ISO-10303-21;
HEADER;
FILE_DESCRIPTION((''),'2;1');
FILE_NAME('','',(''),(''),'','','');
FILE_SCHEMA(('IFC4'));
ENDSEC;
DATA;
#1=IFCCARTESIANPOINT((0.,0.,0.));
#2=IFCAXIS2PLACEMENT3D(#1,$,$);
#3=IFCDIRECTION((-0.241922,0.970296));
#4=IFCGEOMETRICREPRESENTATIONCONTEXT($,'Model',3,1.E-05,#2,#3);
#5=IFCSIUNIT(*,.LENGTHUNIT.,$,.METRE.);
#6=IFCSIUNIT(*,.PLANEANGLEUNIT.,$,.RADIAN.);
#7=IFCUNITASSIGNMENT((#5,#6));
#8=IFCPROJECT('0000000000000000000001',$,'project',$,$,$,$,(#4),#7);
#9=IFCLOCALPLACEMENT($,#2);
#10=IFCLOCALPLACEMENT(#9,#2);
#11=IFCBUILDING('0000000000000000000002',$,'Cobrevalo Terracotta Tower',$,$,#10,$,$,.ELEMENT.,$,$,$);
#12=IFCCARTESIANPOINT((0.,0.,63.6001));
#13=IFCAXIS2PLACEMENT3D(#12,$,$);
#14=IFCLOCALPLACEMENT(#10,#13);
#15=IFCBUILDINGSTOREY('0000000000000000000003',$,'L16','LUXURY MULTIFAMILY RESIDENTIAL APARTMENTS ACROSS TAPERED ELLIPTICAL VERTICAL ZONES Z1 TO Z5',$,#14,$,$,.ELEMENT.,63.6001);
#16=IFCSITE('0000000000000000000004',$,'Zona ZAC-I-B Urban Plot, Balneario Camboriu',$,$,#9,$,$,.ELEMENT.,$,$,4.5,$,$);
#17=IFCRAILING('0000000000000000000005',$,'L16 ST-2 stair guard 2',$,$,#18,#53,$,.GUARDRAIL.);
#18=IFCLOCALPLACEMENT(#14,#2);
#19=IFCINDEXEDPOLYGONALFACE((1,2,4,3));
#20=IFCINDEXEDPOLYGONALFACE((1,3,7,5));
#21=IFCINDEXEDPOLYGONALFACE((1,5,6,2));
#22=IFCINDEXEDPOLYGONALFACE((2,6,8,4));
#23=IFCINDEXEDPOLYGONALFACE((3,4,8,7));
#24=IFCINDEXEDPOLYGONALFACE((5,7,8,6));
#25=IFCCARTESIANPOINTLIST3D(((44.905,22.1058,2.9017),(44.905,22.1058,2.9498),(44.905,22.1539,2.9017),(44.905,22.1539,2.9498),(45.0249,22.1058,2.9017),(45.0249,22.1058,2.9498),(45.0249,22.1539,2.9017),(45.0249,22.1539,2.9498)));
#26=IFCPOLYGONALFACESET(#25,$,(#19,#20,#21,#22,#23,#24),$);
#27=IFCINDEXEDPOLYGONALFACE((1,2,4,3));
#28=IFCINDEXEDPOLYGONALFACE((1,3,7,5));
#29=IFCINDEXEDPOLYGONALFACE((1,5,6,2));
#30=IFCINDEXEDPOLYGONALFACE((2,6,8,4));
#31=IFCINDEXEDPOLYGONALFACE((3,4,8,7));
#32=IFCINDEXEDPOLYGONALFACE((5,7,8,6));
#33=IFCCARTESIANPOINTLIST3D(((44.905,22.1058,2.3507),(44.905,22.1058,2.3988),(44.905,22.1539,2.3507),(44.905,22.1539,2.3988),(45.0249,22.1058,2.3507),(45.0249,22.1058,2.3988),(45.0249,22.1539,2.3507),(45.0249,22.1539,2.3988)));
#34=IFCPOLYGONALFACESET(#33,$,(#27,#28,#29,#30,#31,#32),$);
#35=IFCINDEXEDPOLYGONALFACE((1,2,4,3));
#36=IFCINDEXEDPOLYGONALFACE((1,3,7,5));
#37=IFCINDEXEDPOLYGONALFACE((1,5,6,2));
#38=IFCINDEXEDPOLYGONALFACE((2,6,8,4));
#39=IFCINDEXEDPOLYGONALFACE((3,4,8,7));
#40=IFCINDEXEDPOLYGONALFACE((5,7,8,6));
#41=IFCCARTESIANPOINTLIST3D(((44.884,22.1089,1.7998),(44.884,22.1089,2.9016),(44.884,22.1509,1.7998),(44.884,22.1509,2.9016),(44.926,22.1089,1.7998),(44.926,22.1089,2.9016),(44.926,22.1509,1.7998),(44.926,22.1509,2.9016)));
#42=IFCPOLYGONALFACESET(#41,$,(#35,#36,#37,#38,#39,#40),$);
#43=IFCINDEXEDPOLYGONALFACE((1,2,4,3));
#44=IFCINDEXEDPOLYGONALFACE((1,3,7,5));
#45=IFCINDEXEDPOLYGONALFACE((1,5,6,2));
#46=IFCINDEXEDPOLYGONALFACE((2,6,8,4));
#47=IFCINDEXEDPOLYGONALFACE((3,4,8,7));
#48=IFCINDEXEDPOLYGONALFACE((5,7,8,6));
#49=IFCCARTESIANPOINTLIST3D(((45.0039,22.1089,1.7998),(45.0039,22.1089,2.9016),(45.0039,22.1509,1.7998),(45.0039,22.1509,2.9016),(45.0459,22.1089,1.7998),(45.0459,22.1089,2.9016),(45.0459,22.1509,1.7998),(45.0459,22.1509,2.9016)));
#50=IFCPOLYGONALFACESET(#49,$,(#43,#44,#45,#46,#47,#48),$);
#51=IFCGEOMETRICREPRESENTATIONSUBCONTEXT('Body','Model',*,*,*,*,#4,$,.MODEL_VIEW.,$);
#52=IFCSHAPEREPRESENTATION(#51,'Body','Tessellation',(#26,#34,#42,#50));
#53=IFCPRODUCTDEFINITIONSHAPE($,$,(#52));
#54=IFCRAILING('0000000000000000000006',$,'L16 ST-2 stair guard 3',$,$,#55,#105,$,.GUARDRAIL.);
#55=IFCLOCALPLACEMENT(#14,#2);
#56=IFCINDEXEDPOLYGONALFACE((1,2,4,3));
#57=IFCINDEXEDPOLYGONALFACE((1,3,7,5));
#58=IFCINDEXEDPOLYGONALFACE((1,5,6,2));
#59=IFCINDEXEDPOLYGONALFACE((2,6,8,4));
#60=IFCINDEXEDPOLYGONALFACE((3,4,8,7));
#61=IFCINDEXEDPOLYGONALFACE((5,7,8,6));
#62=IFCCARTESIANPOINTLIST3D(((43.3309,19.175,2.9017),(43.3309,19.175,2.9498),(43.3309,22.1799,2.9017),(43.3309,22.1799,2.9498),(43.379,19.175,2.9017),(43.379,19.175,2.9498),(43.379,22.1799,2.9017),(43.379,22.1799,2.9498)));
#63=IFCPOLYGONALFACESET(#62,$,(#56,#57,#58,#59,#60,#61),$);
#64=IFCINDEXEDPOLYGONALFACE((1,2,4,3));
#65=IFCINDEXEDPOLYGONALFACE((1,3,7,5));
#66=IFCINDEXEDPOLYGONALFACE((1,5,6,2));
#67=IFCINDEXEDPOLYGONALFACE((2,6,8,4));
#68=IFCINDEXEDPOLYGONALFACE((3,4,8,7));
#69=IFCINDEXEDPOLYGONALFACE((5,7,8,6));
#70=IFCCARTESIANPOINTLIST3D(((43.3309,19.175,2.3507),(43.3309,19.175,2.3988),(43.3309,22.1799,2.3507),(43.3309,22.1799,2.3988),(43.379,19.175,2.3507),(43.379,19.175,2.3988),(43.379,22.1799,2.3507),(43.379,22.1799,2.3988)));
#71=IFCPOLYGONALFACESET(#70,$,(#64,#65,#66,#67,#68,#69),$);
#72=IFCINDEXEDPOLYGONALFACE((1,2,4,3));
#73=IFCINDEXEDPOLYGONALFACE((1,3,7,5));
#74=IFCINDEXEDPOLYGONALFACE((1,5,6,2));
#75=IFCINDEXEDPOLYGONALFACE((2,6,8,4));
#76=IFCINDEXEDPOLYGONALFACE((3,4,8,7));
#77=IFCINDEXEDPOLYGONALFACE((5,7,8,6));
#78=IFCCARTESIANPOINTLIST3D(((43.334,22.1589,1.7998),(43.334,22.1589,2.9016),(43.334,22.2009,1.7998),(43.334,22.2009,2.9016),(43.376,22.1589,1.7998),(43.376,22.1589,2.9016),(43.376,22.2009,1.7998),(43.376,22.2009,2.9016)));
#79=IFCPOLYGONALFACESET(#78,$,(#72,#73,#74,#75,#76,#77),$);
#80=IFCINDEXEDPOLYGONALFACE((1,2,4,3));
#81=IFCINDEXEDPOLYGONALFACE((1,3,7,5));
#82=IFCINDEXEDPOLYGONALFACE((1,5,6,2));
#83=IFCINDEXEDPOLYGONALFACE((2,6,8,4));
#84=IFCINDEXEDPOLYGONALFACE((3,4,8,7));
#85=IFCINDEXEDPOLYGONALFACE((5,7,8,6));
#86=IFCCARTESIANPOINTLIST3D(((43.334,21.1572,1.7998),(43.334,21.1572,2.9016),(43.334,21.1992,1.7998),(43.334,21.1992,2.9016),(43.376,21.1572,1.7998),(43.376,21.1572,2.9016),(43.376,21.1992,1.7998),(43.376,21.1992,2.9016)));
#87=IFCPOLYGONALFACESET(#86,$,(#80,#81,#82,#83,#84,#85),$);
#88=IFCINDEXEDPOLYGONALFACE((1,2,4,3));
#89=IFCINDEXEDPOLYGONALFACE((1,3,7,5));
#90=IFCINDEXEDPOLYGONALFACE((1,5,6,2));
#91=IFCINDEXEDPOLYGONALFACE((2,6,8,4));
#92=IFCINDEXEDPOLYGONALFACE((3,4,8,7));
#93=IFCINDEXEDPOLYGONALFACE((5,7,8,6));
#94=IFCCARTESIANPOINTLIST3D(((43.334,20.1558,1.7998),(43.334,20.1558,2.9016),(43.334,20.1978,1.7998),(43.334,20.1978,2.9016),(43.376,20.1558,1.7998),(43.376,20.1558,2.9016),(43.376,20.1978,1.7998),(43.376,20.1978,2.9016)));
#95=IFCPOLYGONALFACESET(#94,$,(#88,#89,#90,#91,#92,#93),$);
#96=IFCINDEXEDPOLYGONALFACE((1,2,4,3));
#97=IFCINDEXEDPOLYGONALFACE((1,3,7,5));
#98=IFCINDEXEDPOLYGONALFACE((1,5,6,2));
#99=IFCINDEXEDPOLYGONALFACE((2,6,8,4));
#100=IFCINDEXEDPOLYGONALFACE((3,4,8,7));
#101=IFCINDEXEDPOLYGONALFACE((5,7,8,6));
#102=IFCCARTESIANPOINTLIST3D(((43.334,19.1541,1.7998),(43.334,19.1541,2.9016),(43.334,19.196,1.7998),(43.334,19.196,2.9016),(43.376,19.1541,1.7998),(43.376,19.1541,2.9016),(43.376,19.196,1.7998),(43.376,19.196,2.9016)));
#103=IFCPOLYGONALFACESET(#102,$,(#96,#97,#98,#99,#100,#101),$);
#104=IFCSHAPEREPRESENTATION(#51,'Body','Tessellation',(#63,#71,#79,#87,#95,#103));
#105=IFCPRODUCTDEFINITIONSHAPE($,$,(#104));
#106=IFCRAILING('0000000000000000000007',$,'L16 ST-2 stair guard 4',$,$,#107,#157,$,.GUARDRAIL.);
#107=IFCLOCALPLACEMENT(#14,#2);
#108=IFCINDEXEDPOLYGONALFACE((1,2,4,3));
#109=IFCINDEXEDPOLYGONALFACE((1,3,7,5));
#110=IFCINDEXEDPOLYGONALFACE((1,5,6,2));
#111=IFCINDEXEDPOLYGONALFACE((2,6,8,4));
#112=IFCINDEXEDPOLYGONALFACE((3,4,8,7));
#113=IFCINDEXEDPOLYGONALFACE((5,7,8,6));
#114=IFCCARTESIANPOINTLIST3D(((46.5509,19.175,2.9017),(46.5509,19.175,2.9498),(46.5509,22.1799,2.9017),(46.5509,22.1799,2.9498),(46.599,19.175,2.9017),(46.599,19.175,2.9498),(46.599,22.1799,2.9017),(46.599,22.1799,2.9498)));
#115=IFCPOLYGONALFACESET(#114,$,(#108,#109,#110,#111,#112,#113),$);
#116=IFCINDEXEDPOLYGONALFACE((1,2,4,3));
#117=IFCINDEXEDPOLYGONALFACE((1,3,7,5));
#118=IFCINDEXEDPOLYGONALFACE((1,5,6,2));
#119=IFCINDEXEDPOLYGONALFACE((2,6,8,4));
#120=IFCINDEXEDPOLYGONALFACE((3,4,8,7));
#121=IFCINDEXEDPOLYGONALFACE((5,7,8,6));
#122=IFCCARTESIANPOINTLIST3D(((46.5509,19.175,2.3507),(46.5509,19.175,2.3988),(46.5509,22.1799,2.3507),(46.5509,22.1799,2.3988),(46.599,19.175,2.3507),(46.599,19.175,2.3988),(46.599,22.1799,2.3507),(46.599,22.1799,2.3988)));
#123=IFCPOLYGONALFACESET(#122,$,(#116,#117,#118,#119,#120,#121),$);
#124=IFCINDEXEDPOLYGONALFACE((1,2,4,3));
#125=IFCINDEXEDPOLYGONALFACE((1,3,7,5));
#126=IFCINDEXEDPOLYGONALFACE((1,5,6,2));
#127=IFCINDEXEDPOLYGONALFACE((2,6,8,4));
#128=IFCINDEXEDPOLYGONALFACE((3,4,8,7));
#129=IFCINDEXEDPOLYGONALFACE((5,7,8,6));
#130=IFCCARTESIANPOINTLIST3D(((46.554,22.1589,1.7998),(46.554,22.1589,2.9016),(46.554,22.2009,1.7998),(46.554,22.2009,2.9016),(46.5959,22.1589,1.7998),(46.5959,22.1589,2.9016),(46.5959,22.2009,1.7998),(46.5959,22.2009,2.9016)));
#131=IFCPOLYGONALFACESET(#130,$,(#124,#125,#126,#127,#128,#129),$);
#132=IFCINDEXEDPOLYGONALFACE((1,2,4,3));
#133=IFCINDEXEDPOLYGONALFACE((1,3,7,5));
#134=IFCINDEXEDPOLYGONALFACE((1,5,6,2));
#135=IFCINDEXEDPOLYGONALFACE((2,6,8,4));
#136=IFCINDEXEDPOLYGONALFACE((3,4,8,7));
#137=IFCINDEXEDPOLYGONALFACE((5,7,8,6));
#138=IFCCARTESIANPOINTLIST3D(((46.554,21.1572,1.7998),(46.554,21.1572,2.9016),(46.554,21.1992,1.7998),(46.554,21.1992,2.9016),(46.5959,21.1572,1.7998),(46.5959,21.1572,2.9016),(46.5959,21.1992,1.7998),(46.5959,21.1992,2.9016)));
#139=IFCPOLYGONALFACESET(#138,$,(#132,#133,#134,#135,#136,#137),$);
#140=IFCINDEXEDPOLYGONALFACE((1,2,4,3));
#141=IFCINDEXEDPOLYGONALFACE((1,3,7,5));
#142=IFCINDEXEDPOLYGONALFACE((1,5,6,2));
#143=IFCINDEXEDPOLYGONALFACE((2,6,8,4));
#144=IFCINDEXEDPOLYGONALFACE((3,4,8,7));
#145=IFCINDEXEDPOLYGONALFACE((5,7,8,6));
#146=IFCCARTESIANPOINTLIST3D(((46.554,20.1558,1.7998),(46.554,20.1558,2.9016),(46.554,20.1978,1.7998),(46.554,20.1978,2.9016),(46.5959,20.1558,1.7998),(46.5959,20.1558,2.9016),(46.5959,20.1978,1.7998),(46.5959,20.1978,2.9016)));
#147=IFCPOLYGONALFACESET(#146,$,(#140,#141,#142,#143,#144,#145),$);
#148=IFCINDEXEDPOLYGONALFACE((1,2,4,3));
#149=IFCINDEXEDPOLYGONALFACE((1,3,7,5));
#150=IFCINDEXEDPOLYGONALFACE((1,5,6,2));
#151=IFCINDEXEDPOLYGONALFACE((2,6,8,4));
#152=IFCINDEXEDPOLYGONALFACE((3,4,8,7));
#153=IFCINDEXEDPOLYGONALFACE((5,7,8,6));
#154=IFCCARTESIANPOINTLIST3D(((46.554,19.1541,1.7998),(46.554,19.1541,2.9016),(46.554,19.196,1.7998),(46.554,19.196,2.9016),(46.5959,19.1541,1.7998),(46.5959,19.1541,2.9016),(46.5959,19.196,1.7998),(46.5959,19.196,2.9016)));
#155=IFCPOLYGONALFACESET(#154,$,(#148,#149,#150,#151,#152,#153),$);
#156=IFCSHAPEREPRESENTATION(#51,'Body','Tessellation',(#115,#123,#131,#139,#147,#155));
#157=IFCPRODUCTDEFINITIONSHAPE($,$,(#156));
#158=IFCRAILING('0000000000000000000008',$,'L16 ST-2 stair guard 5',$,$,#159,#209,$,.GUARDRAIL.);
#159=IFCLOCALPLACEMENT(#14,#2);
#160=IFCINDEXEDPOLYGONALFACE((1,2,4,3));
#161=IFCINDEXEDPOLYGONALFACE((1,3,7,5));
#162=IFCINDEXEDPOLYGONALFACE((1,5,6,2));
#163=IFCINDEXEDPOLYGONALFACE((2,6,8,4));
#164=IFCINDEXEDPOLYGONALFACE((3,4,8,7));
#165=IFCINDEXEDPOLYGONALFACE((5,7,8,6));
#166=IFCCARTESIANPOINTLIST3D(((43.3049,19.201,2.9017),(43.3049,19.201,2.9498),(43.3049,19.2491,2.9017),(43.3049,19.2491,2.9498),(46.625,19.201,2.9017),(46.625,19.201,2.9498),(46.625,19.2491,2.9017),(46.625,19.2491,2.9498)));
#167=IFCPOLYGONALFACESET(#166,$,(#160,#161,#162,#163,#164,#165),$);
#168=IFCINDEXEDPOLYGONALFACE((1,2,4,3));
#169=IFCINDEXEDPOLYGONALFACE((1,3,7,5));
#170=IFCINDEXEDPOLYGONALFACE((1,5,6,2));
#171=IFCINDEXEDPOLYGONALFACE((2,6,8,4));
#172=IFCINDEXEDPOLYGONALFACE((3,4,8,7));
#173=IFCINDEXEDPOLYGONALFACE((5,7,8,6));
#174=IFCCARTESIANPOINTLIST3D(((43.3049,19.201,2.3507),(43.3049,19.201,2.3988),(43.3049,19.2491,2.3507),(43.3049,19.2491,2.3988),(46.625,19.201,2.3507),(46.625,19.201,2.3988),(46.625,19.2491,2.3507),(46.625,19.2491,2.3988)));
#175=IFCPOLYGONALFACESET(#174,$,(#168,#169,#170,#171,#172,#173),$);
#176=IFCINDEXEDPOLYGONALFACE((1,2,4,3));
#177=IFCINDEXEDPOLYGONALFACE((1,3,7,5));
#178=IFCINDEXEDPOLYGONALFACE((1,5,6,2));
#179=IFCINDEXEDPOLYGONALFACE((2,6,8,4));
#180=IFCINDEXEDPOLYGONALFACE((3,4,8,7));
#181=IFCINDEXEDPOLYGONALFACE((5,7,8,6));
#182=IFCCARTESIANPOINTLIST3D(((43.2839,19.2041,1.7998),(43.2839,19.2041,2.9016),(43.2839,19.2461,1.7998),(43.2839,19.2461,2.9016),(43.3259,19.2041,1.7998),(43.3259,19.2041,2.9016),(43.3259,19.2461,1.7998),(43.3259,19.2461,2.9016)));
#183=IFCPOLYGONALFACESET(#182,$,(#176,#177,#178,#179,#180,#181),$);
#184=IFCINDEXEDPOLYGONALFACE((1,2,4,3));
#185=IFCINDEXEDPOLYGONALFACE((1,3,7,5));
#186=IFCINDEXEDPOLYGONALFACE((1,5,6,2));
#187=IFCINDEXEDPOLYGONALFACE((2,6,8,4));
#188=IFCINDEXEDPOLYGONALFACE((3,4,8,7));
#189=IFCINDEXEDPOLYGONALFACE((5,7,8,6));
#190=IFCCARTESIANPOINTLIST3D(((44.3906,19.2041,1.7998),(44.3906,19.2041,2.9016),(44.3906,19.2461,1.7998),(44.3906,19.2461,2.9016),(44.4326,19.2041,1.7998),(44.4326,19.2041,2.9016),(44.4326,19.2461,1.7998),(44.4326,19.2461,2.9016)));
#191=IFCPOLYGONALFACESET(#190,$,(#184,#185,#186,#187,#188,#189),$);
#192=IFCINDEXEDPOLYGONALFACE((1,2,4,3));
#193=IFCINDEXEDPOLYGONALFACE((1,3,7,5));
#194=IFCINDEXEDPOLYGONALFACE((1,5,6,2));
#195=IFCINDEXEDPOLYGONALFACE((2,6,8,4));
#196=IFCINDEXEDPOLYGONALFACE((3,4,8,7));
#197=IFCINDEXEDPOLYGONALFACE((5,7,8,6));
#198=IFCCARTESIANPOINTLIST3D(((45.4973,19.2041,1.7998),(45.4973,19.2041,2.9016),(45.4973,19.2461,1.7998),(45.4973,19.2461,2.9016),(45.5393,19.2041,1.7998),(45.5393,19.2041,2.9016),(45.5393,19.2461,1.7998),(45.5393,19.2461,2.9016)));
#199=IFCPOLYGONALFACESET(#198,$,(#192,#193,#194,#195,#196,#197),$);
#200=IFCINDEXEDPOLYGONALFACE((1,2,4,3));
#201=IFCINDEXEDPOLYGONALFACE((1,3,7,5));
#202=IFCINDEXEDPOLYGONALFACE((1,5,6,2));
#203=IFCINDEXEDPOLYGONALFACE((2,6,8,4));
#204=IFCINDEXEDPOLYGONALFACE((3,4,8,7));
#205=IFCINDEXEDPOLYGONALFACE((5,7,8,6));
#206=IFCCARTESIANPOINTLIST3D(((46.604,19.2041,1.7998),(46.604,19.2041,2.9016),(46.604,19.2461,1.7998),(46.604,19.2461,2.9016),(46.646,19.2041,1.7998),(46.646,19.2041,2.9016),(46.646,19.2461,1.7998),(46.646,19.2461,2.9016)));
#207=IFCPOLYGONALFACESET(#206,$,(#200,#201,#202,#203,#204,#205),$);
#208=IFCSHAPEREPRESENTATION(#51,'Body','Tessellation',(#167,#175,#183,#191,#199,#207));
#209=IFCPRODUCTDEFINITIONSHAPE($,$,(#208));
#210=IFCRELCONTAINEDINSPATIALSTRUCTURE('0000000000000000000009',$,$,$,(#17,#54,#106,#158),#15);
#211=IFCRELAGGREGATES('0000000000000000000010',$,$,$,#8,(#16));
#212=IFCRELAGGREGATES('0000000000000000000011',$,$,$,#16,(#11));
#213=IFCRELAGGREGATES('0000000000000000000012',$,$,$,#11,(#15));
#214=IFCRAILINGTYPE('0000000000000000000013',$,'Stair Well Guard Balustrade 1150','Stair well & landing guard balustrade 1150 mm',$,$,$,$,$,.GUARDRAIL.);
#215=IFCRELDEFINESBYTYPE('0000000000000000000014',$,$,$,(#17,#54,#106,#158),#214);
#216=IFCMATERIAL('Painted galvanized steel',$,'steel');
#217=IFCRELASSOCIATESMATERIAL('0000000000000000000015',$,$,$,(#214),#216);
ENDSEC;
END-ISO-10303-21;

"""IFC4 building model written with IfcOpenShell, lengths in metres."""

from ifc_helpers import new_model, si_unit, direction, frame, origin, origin_2d, place, context, subcontext, project, spatial, rectangle, extrude, material, type_object, element, save


model = new_model("IFC4")

# Units and contexts
model_context = context("Model", 3, precision=1e-05, world=origin(), true_north=direction((-0.241922, 0.970296)))
body_context = subcontext(model_context, "Body", "Model", "MODEL_VIEW")
ifc_project = project(units=[si_unit("LENGTHUNIT", "METRE"), si_unit("PLANEANGLEUNIT", "RADIAN")], contexts=[model_context])

# Site, building, storey
site_placement = place(None, origin())
site = spatial("IfcSite", under=ifc_project, at=site_placement, Name="Zona ZAC-I-B Urban Plot, Balneario Camboriu", CompositionType="ELEMENT", RefElevation=4.5)
building_placement = place(site_placement, origin())
building = spatial("IfcBuilding", under=site, at=building_placement, Name="Cobrevalo Terracotta Tower", CompositionType="ELEMENT")
storey_placement = place(building_placement, frame((0.0, 0.0, 63.6001)))
storey = spatial("IfcBuildingStorey", under=building, at=storey_placement, Name="L16", Description="LUXURY MULTIFAMILY RESIDENTIAL APARTMENTS ACROSS TAPERED ELLIPTICAL VERTICAL ZONES Z1 TO Z5", CompositionType="ELEMENT", Elevation=63.6001)

# Railings
ifc_material_1 = material(Name="Painted galvanized steel", Category="steel")
railing_type_1 = type_object("IfcRailingType", Name="Stair Well Guard Balustrade 1150", Description="Stair well & landing guard balustrade 1150 mm", PredefinedType="GUARDRAIL", material=ifc_material_1)
railing_1_placement = place(storey_placement, frame((44.905, 22.1299, 1.7998)))
element("IfcRailing", 1, at=railing_1_placement, inside=storey, type_object=railing_type_1, Name="L16 ST-2 stair guard 2", PredefinedType="GUARDRAIL", context=body_context, shape_type="SweptSolid", body=[
    extrude(rectangle(XDim=0.0481, YDim=0.0481, at=origin_2d()), frame((0.0, 0.0, 1.126), z_axis=(1.0, 0.0, 0.0), x_axis=(0.0, 1.0, 0.0)), (0.0, 0.0, 1.0), 0.1199),
    extrude(rectangle(XDim=0.0481, YDim=0.0481, at=origin_2d()), frame((0.0, 0.0, 0.575), z_axis=(1.0, 0.0, 0.0), x_axis=(0.0, 1.0, 0.0)), (0.0, 0.0, 1.0), 0.1199),
    extrude(rectangle(XDim=0.042, YDim=0.042, at=origin_2d()), origin(), (0.0, 0.0, 1.0), 1.1018),
    extrude(rectangle(XDim=0.042, YDim=0.042, at=origin_2d()), frame((0.1199, 0.0, 0.0)), (0.0, 0.0, 1.0), 1.1018),
])
for number, where, name in (
    (2, (43.355, 22.1799, 1.7998), "L16 ST-2 stair guard 3"),
    (3, (46.575, 22.1799, 1.7998), "L16 ST-2 stair guard 4"),
):
    element("IfcRailing", number, at=place(storey_placement, frame(where)), inside=storey, type_object=railing_type_1, Name=name, PredefinedType="GUARDRAIL", context=body_context, shape_type="SweptSolid", body=[
        extrude(rectangle(XDim=0.0481, YDim=0.0481, at=origin_2d()), frame((0.0, 0.0, 1.126), z_axis=(0.0, -1.0, 0.0), x_axis=(1.0, 0.0, 0.0)), (0.0, 0.0, 1.0), 3.0049),
        extrude(rectangle(XDim=0.0481, YDim=0.0481, at=origin_2d()), frame((0.0, 0.0, 0.575), z_axis=(0.0, -1.0, 0.0), x_axis=(1.0, 0.0, 0.0)), (0.0, 0.0, 1.0), 3.0049),
        extrude(rectangle(XDim=0.042, YDim=0.042, at=origin_2d()), origin(), (0.0, 0.0, 1.0), 1.1018),
        extrude(rectangle(XDim=0.042, YDim=0.042, at=origin_2d()), frame((0.0, -1.0017, 0.0)), (0.0, 0.0, 1.0), 1.1018),
        extrude(rectangle(XDim=0.042, YDim=0.042, at=origin_2d()), frame((0.0, -2.0032, 0.0)), (0.0, 0.0, 1.0), 1.1018),
        extrude(rectangle(XDim=0.042, YDim=0.042, at=origin_2d()), frame((0.0, -3.0049, 0.0)), (0.0, 0.0, 1.0), 1.1018),
    ])
railing_2_placement = place(storey_placement, frame((43.3049, 19.2251, 1.7998)))
element("IfcRailing", 4, at=railing_2_placement, inside=storey, type_object=railing_type_1, Name="L16 ST-2 stair guard 5", PredefinedType="GUARDRAIL", context=body_context, shape_type="SweptSolid", body=[
    extrude(rectangle(XDim=0.0481, YDim=0.0481, at=origin_2d()), frame((0.0, 0.0, 1.126), z_axis=(1.0, 0.0, 0.0), x_axis=(0.0, 1.0, 0.0)), (0.0, 0.0, 1.0), 3.3201),
    extrude(rectangle(XDim=0.0481, YDim=0.0481, at=origin_2d()), frame((0.0, 0.0, 0.575), z_axis=(1.0, 0.0, 0.0), x_axis=(0.0, 1.0, 0.0)), (0.0, 0.0, 1.0), 3.3201),
    extrude(rectangle(XDim=0.042, YDim=0.042, at=origin_2d()), origin(), (0.0, 0.0, 1.0), 1.1018),
    extrude(rectangle(XDim=0.042, YDim=0.042, at=origin_2d()), frame((1.1067, 0.0, 0.0)), (0.0, 0.0, 1.0), 1.1018),
    extrude(rectangle(XDim=0.042, YDim=0.042, at=origin_2d()), frame((2.2134, 0.0, 0.0)), (0.0, 0.0, 1.0), 1.1018),
    extrude(rectangle(XDim=0.042, YDim=0.042, at=origin_2d()), frame((3.3201, 0.0, 0.0)), (0.0, 0.0, 1.0), 1.1018),
])

save(model, "model.ifc")
